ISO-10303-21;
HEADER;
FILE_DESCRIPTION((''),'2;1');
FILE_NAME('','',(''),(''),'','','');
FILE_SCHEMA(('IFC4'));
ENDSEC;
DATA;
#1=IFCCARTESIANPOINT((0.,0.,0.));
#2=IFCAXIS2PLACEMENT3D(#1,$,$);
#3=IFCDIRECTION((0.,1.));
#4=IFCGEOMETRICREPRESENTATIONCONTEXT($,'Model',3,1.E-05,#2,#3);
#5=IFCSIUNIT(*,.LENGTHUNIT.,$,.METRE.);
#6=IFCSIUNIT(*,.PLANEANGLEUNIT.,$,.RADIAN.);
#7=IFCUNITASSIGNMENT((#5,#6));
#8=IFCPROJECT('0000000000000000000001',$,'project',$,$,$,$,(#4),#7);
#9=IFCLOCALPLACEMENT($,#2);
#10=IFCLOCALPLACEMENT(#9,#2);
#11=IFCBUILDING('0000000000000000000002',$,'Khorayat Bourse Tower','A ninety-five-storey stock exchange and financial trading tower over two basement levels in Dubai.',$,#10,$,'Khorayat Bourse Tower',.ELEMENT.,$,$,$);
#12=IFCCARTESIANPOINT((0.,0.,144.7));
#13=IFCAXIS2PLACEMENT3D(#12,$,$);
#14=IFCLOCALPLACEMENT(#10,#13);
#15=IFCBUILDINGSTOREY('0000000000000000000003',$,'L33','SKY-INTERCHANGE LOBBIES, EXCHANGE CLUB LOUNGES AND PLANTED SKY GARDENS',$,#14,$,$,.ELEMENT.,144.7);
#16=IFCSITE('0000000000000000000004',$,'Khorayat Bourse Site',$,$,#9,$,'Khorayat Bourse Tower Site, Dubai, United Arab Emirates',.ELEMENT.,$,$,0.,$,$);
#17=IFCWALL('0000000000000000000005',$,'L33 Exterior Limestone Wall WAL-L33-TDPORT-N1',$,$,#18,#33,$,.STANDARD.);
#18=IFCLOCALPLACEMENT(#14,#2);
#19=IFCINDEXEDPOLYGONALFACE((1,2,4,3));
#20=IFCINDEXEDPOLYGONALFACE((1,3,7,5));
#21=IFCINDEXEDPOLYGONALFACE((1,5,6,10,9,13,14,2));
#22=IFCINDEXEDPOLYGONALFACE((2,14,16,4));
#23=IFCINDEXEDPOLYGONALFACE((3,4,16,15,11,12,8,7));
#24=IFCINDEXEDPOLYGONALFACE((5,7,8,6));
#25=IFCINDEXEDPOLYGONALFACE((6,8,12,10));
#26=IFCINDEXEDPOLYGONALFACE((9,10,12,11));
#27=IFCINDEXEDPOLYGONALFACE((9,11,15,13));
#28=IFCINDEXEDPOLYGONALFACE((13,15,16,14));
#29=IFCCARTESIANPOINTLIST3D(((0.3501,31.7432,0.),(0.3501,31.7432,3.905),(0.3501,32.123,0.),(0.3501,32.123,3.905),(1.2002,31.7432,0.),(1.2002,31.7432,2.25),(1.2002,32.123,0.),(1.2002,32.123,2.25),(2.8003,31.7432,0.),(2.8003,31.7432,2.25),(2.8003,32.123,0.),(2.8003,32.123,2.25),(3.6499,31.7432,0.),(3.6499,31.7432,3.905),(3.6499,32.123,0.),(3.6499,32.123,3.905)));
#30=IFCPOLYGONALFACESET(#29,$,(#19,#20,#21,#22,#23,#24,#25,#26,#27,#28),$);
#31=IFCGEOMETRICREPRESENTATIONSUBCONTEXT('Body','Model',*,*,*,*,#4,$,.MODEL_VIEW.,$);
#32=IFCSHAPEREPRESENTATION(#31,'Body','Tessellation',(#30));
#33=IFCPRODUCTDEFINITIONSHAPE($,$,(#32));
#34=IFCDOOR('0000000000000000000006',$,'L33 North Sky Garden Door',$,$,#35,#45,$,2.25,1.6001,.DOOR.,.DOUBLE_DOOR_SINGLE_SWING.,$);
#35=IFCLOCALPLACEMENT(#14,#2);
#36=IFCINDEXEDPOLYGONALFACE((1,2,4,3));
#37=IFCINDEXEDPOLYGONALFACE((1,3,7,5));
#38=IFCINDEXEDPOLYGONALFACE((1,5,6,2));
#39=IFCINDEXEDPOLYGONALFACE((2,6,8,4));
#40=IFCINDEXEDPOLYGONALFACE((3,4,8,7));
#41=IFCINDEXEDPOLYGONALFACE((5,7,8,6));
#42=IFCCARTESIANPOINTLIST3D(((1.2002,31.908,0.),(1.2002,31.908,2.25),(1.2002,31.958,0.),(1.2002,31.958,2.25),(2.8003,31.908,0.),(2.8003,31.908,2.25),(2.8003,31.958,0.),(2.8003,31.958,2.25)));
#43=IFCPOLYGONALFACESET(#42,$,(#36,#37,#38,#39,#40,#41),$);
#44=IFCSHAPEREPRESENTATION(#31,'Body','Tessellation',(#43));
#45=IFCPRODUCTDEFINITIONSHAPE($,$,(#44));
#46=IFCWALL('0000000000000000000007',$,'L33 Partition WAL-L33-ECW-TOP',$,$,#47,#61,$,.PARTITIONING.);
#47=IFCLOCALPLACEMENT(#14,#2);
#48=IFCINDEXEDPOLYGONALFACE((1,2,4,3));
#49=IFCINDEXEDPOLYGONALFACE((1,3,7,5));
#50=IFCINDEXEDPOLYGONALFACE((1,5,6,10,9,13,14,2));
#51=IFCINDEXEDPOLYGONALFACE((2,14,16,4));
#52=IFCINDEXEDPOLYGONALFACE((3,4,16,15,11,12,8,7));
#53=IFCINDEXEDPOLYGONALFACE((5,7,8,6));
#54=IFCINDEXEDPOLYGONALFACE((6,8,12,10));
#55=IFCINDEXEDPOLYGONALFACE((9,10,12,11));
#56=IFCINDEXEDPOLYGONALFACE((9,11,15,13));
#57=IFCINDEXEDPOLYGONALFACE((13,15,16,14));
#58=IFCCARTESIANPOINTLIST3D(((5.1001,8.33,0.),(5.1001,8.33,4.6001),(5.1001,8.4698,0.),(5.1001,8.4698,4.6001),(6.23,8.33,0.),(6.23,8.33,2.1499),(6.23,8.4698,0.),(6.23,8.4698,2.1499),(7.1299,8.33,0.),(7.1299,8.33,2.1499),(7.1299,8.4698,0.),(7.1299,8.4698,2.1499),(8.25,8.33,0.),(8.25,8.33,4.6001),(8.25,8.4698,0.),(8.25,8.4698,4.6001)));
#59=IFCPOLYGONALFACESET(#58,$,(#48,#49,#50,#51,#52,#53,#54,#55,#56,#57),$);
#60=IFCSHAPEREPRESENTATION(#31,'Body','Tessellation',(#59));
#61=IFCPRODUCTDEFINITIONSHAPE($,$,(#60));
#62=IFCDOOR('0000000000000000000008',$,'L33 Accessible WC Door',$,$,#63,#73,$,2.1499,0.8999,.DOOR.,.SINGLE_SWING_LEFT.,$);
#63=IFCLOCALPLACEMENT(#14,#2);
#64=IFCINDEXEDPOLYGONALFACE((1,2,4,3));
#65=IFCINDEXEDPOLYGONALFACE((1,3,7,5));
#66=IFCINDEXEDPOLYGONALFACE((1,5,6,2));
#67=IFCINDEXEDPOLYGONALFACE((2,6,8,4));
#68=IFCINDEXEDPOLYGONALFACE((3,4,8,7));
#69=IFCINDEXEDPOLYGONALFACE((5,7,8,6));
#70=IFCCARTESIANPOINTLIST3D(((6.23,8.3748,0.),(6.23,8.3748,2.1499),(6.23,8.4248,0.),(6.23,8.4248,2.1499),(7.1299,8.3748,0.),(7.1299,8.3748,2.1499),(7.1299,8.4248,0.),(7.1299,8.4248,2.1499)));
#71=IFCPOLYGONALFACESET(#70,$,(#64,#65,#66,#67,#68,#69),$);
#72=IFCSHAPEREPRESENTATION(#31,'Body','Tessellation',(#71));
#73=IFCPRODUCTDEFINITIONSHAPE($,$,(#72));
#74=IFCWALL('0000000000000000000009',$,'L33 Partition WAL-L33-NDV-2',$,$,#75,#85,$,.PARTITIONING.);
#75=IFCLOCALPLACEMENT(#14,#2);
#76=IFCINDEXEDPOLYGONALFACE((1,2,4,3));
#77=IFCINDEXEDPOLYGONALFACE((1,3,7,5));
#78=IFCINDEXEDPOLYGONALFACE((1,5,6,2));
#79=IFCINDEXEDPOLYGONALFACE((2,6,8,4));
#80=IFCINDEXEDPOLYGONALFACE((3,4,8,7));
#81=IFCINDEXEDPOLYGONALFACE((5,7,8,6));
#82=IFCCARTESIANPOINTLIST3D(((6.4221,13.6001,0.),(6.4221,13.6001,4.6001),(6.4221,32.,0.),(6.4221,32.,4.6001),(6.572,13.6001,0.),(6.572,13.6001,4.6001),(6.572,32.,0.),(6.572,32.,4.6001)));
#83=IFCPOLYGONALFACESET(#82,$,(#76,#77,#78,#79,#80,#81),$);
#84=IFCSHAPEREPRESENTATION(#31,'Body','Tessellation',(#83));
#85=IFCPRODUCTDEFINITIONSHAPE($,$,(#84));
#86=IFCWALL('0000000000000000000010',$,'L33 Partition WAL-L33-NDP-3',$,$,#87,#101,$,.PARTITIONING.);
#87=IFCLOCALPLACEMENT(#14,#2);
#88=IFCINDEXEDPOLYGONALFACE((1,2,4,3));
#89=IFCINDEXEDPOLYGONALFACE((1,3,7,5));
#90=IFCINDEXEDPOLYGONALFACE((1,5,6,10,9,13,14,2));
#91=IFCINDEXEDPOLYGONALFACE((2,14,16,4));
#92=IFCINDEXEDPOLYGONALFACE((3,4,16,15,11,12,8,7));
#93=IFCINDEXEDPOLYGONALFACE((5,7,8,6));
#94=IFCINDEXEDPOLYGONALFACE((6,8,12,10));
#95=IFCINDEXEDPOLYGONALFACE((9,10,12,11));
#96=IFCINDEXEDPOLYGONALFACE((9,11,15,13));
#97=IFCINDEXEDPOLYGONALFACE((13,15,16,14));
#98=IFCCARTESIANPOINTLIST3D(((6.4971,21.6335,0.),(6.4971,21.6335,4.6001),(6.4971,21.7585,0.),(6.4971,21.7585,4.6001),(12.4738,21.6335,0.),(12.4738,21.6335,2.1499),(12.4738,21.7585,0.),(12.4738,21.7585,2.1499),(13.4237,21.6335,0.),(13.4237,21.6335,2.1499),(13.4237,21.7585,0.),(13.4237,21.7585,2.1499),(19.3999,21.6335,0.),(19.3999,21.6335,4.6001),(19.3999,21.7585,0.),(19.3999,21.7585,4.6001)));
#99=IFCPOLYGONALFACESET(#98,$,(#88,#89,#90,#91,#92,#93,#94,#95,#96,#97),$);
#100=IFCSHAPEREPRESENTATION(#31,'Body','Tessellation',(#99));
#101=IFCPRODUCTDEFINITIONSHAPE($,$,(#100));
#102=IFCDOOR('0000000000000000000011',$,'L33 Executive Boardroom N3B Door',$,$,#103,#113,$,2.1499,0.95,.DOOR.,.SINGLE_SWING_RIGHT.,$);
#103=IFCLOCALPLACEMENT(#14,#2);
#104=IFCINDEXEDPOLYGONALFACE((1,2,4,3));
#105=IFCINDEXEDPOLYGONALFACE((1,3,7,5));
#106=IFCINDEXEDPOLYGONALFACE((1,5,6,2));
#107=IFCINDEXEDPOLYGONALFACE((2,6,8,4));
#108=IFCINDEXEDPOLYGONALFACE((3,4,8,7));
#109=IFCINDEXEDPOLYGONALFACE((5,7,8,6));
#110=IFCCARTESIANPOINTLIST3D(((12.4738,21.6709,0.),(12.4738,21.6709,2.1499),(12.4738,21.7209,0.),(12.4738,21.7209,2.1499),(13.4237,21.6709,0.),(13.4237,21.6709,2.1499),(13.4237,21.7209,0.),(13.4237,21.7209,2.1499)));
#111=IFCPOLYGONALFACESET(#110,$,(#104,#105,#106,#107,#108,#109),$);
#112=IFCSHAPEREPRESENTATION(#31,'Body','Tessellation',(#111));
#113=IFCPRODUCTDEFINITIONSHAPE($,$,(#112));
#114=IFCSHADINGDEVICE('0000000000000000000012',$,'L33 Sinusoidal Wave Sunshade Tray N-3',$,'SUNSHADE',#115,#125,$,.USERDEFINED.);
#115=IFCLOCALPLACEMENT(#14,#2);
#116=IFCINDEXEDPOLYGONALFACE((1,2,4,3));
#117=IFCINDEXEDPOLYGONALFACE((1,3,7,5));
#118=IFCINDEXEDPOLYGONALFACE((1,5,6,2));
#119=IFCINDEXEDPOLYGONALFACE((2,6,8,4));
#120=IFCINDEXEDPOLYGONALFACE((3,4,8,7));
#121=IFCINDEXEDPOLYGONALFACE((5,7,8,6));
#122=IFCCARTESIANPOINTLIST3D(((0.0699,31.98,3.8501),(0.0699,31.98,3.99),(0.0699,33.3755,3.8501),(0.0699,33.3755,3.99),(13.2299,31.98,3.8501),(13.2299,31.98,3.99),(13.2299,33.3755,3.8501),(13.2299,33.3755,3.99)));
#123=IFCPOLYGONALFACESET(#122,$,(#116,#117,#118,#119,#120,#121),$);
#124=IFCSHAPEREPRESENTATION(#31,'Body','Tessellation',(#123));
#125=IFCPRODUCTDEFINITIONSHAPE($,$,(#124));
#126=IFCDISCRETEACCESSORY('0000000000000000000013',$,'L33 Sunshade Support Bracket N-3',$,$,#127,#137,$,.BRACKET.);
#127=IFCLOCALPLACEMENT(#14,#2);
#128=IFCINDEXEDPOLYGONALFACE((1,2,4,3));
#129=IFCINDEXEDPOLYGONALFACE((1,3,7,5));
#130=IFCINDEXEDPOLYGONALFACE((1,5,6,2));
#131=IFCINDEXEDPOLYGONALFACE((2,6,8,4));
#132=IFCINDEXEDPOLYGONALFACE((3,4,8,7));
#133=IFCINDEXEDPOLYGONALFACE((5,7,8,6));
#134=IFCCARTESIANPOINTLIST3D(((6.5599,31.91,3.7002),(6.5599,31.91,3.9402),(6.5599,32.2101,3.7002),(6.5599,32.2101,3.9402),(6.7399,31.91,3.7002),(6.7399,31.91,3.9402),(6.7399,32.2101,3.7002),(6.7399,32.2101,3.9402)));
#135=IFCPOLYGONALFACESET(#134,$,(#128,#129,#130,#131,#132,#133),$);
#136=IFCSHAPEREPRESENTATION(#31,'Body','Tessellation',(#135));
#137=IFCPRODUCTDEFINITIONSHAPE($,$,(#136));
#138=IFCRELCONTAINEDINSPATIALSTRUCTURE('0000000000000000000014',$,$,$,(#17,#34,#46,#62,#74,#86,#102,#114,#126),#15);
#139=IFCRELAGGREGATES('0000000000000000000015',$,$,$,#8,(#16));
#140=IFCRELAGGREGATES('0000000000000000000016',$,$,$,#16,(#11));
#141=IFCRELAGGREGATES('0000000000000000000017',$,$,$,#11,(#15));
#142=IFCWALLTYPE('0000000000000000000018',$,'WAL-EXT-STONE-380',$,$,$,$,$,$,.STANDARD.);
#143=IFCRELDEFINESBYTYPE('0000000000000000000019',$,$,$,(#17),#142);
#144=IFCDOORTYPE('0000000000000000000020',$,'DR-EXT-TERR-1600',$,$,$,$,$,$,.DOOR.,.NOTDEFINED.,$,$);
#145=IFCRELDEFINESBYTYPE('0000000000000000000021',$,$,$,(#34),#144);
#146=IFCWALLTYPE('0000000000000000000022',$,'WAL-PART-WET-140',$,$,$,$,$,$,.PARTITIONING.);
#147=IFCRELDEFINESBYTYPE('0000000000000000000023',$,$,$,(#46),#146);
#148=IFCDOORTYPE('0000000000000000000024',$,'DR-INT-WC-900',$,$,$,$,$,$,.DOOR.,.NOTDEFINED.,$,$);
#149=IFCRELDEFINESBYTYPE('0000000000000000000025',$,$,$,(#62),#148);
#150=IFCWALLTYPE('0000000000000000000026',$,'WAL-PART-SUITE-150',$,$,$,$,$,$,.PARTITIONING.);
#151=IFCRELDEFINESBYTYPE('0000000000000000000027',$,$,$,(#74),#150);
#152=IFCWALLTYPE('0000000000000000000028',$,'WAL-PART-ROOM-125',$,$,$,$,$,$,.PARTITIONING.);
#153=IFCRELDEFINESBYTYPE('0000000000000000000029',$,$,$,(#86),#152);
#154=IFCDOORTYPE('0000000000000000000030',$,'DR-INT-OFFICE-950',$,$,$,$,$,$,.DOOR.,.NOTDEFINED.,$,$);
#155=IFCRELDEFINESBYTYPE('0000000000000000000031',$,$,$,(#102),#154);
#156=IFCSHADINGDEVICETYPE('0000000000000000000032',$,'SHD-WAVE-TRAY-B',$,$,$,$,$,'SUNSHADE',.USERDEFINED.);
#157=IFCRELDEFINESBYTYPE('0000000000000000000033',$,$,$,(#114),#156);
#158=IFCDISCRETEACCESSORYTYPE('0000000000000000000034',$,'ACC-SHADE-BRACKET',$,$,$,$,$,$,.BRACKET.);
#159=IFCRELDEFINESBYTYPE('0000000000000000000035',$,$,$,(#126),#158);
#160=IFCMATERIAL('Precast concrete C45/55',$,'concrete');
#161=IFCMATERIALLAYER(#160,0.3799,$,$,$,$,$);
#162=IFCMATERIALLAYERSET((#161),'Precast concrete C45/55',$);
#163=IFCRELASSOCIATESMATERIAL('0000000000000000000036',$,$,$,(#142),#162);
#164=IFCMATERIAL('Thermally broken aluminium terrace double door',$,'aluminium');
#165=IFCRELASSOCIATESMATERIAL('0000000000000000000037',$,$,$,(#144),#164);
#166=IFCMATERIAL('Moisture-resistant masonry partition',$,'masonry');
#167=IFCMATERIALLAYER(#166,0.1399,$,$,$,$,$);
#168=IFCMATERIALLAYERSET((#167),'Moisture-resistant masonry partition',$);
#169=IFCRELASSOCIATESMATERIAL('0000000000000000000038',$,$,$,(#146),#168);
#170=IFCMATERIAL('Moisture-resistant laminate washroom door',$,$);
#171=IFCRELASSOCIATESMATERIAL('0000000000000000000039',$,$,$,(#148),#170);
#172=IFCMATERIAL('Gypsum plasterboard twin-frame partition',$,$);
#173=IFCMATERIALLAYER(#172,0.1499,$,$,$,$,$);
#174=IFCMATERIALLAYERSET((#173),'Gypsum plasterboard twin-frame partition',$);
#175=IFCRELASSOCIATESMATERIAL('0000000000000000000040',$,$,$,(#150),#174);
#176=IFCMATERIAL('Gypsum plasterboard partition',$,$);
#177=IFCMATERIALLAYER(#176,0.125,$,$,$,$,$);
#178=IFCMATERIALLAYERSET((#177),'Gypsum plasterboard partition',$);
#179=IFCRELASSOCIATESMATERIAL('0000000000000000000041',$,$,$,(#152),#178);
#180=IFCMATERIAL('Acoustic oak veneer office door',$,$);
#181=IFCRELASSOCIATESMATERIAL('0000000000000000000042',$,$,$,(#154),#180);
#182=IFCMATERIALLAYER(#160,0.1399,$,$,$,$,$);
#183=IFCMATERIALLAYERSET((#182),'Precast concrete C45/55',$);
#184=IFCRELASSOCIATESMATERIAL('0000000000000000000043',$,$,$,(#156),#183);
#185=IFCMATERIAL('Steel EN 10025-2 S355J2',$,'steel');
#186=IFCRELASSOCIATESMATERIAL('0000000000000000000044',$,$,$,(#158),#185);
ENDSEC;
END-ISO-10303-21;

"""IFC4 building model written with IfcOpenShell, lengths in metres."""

from ifc_helpers import new_model, si_unit, direction, frame, frame_2d, origin, origin_2d, place, context, subcontext, project, spatial, rectangle, extrude, source, transform, mapped, material, layer, layer_set, type_object, element, fill, save


model = new_model("IFC4")

# Units and contexts
model_context = context("Model", 3, precision=1e-05, world=origin(), true_north=direction((0.0, 1.0)))
body_context = subcontext(model_context, "Body", "Model", "MODEL_VIEW")
ifc_project = project(units=[si_unit("LENGTHUNIT", "METRE"), si_unit("PLANEANGLEUNIT", "RADIAN")], contexts=[model_context])

# Site, building, storey
site_placement = place(None, origin())
site = spatial("IfcSite", under=ifc_project, at=site_placement, Name="Khorayat Bourse Site", LongName="Khorayat Bourse Tower Site, Dubai, United Arab Emirates", CompositionType="ELEMENT", RefElevation=0.0)
building_placement = place(site_placement, origin())
building = spatial("IfcBuilding", under=site, at=building_placement, Name="Khorayat Bourse Tower", Description="A ninety-five-storey stock exchange and financial trading tower over two basement levels in Dubai.", LongName="Khorayat Bourse Tower", CompositionType="ELEMENT")
storey_placement = place(building_placement, frame((0.0, 0.0, 144.7)))
storey = spatial("IfcBuildingStorey", under=building, at=storey_placement, Name="L33", Description="SKY-INTERCHANGE LOBBIES, EXCHANGE CLUB LOUNGES AND PLANTED SKY GARDENS", CompositionType="ELEMENT", Elevation=144.7)

# Shared definitions
ifc_material_1 = material(Name="Steel EN 10025-2 S355J2", Category="steel")

# Walls, openings, doors
ifc_material_2 = material(Name="Precast concrete C45/55", Category="concrete")
ifc_layer_1 = layer(ifc_material_2, 0.3799)
ifc_layer_set_1 = layer_set([ifc_layer_1], Name="Precast concrete C45/55")
wall_type_1 = type_object("IfcWallType", Name="WAL-EXT-STONE-380", PredefinedType="STANDARD", material=ifc_layer_set_1)
shared_shape_1 = source(origin(), body_context, "Body", "SweptSolid", [
    extrude(rectangle(XDim=3.2998, YDim=0.3799, at=frame_2d((1.6499, 0.0))), origin(), (0.0, 0.0, 1.0), 3.905),
])
wall_1_placement = place(storey_placement, frame((0.3501, 31.9331, 0.0), z_axis=(0.0, 0.0, 1.0), x_axis=(1.0, 0.0, 0.0)))
wall_1 = element("IfcWall", 1, at=wall_1_placement, inside=storey, type_object=wall_type_1, Name="L33 Exterior Limestone Wall WAL-L33-TDPORT-N1", PredefinedType="STANDARD", context=body_context, shape_type="MappedRepresentation", body=[
    mapped(shared_shape_1, transform((0.0, 0.0, 0.0), scale=1.0)),
])
shared_shape_2 = source(origin(), body_context, "Body", "SweptSolid", [
    extrude(rectangle(XDim=1.6001, YDim=2.25, at=frame_2d((0.8, 1.125))), frame((0.0, 0.2, 0.0), z_axis=(0.0, -1.0, 0.0), x_axis=(1.0, 0.0, 0.0)), (0.0, 0.0, 1.0), 0.3999),
])
opening_1_placement = place(wall_1_placement, frame((0.8501, 0.0, 0.0)))
opening_1 = element("IfcOpeningElement", 2, at=opening_1_placement, cuts=wall_1, PredefinedType="OPENING", context=body_context, shape_type="MappedRepresentation", body=[
    mapped(shared_shape_2, transform((0.0, 0.0, 0.0), scale=1.0)),
])
ifc_material_3 = material(Name="Thermally broken aluminium terrace double door", Category="aluminium")
door_type_1 = type_object("IfcDoorType", Name="DR-EXT-TERR-1600", OperationType="NOTDEFINED", PredefinedType="DOOR", material=ifc_material_3)
shared_shape_3 = source(origin(), body_context, "Body", "SweptSolid", [
    extrude(rectangle(XDim=1.6001, YDim=2.25, at=frame_2d((0.8, 1.125))), frame((0.0, 0.0249, 0.0), z_axis=(0.0, -1.0, 0.0), x_axis=(1.0, 0.0, 0.0)), (0.0, 0.0, 1.0), 0.05),
])
door_1_placement = place(opening_1_placement, origin())
door_1 = element("IfcDoor", 3, at=door_1_placement, inside=storey, type_object=door_type_1, Name="L33 North Sky Garden Door", OperationType="DOUBLE_DOOR_SINGLE_SWING", OverallHeight=2.25, OverallWidth=1.6001, PredefinedType="DOOR", context=body_context, shape_type="MappedRepresentation", body=[
    mapped(shared_shape_3, transform((0.0, 0.0, 0.0), scale=1.0)),
])
fill(opening_1, door_1)
ifc_material_4 = material(Name="Moisture-resistant masonry partition", Category="masonry")
ifc_layer_2 = layer(ifc_material_4, 0.1399)
ifc_layer_set_2 = layer_set([ifc_layer_2], Name="Moisture-resistant masonry partition")
wall_type_2 = type_object("IfcWallType", Name="WAL-PART-WET-140", PredefinedType="PARTITIONING", material=ifc_layer_set_2)
shared_shape_4 = source(origin(), body_context, "Body", "SweptSolid", [
    extrude(rectangle(XDim=3.1499, YDim=0.1399, at=frame_2d((1.575, 0.0))), origin(), (0.0, 0.0, 1.0), 4.6001),
])
wall_2_placement = place(storey_placement, frame((5.1001, 8.3999, 0.0), z_axis=(0.0, 0.0, 1.0), x_axis=(1.0, 0.0, 0.0)))
wall_2 = element("IfcWall", 4, at=wall_2_placement, inside=storey, type_object=wall_type_2, Name="L33 Partition WAL-L33-ECW-TOP", PredefinedType="PARTITIONING", context=body_context, shape_type="MappedRepresentation", body=[
    mapped(shared_shape_4, transform((0.0, 0.0, 0.0), scale=1.0)),
])
shared_shape_5 = source(origin(), body_context, "Body", "SweptSolid", [
    extrude(rectangle(XDim=0.8999, YDim=2.1499, at=frame_2d((0.45, 1.075))), frame((0.0, 0.0798, 0.0), z_axis=(0.0, -1.0, 0.0), x_axis=(1.0, 0.0, 0.0)), (0.0, 0.0, 1.0), 0.1599),
])
opening_2_placement = place(wall_2_placement, frame((1.1299, 0.0, 0.0)))
opening_2 = element("IfcOpeningElement", 5, at=opening_2_placement, cuts=wall_2, PredefinedType="OPENING", context=body_context, shape_type="MappedRepresentation", body=[
    mapped(shared_shape_5, transform((0.0, 0.0, 0.0), scale=1.0)),
])
ifc_material_5 = material(Name="Moisture-resistant laminate washroom door")
door_type_2 = type_object("IfcDoorType", Name="DR-INT-WC-900", OperationType="NOTDEFINED", PredefinedType="DOOR", material=ifc_material_5)
shared_shape_6 = source(origin(), body_context, "Body", "SweptSolid", [
    extrude(rectangle(XDim=0.8999, YDim=2.1499, at=frame_2d((0.45, 1.075))), frame((0.0, 0.0249, 0.0), z_axis=(0.0, -1.0, 0.0), x_axis=(1.0, 0.0, 0.0)), (0.0, 0.0, 1.0), 0.05),
])
door_2_placement = place(opening_2_placement, origin())
door_2 = element("IfcDoor", 6, at=door_2_placement, inside=storey, type_object=door_type_2, Name="L33 Accessible WC Door", OperationType="SINGLE_SWING_LEFT", OverallHeight=2.1499, OverallWidth=0.8999, PredefinedType="DOOR", context=body_context, shape_type="MappedRepresentation", body=[
    mapped(shared_shape_6, transform((0.0, 0.0, 0.0), scale=1.0)),
])
fill(opening_2, door_2)

# Wall
ifc_material_6 = material(Name="Gypsum plasterboard twin-frame partition")
ifc_layer_3 = layer(ifc_material_6, 0.1499)
ifc_layer_set_3 = layer_set([ifc_layer_3], Name="Gypsum plasterboard twin-frame partition")
wall_type_3 = type_object("IfcWallType", Name="WAL-PART-SUITE-150", PredefinedType="PARTITIONING", material=ifc_layer_set_3)
shared_shape_7 = source(origin(), body_context, "Body", "SweptSolid", [
    extrude(rectangle(XDim=18.3999, YDim=0.1499, at=frame_2d((9.2, 0.0))), origin(), (0.0, 0.0, 1.0), 4.6001),
])
wall_3_placement = place(storey_placement, frame((6.4971, 13.6001, 0.0), z_axis=(0.0, 0.0, 1.0), x_axis=(0.0, 1.0, 0.0)))
element("IfcWall", 7, at=wall_3_placement, inside=storey, type_object=wall_type_3, Name="L33 Partition WAL-L33-NDV-2", PredefinedType="PARTITIONING", context=body_context, shape_type="MappedRepresentation", body=[
    mapped(shared_shape_7, transform((0.0, 0.0, 0.0), scale=1.0)),
])

# Wall, opening, door
ifc_material_7 = material(Name="Gypsum plasterboard partition")
ifc_layer_4 = layer(ifc_material_7, 0.125)
ifc_layer_set_4 = layer_set([ifc_layer_4], Name="Gypsum plasterboard partition")
wall_type_4 = type_object("IfcWallType", Name="WAL-PART-ROOM-125", PredefinedType="PARTITIONING", material=ifc_layer_set_4)
shared_shape_8 = source(origin(), body_context, "Body", "SweptSolid", [
    extrude(rectangle(XDim=12.9028, YDim=0.125, at=frame_2d((6.4514, 0.0))), origin(), (0.0, 0.0, 1.0), 4.6001),
])
wall_4_placement = place(storey_placement, frame((6.4971, 21.696, 0.0), z_axis=(0.0, 0.0, 1.0), x_axis=(1.0, 0.0, 0.0)))
wall_4 = element("IfcWall", 8, at=wall_4_placement, inside=storey, type_object=wall_type_4, Name="L33 Partition WAL-L33-NDP-3", PredefinedType="PARTITIONING", context=body_context, shape_type="MappedRepresentation", body=[
    mapped(shared_shape_8, transform((0.0, 0.0, 0.0), scale=1.0)),
])
shared_shape_9 = source(origin(), body_context, "Body", "SweptSolid", [
    extrude(rectangle(XDim=0.95, YDim=2.1499, at=frame_2d((0.4751, 1.075))), frame((0.0, 0.0725, 0.0), z_axis=(0.0, -1.0, 0.0), x_axis=(1.0, 0.0, 0.0)), (0.0, 0.0, 1.0), 0.145),
])
opening_3_placement = place(wall_4_placement, frame((5.9766, 0.0, 0.0)))
opening_3 = element("IfcOpeningElement", 9, at=opening_3_placement, cuts=wall_4, PredefinedType="OPENING", context=body_context, shape_type="MappedRepresentation", body=[
    mapped(shared_shape_9, transform((0.0, 0.0, 0.0), scale=1.0)),
])
ifc_material_8 = material(Name="Acoustic oak veneer office door")
door_type_3 = type_object("IfcDoorType", Name="DR-INT-OFFICE-950", OperationType="NOTDEFINED", PredefinedType="DOOR", material=ifc_material_8)
shared_shape_10 = source(origin(), body_context, "Body", "SweptSolid", [
    extrude(rectangle(XDim=0.95, YDim=2.1499, at=frame_2d((0.4751, 1.075))), frame((0.0, 0.0249, 0.0), z_axis=(0.0, -1.0, 0.0), x_axis=(1.0, 0.0, 0.0)), (0.0, 0.0, 1.0), 0.05),
])
door_3_placement = place(opening_3_placement, origin())
door_3 = element("IfcDoor", 10, at=door_3_placement, inside=storey, type_object=door_type_3, Name="L33 Executive Boardroom N3B Door", OperationType="SINGLE_SWING_RIGHT", OverallHeight=2.1499, OverallWidth=0.95, PredefinedType="DOOR", context=body_context, shape_type="MappedRepresentation", body=[
    mapped(shared_shape_10, transform((0.0, 0.0, 0.0), scale=1.0)),
])
fill(opening_3, door_3)

# Shading device
ifc_layer_5 = layer(ifc_material_2, 0.1399)
ifc_layer_set_5 = layer_set([ifc_layer_5], Name="Precast concrete C45/55")
shading_device_type = type_object("IfcShadingDeviceType", Name="SHD-WAVE-TRAY-B", ElementType="SUNSHADE", PredefinedType="USERDEFINED", material=ifc_layer_set_5)
shared_shape_11 = source(origin(), body_context, "Body", "SweptSolid", [
    extrude(rectangle(XDim=13.1599, YDim=1.3955, at=origin_2d()), origin(), (0.0, 0.0, 1.0), 0.1399),
])
shading_device_placement = place(storey_placement, frame((6.6499, 32.6777, 3.8501), z_axis=(0.0, 0.0, 1.0), x_axis=(1.0, 0.0, 0.0)))
element("IfcShadingDevice", 11, at=shading_device_placement, inside=storey, type_object=shading_device_type, Name="L33 Sinusoidal Wave Sunshade Tray N-3", ObjectType="SUNSHADE", PredefinedType="USERDEFINED", context=body_context, shape_type="MappedRepresentation", body=[
    mapped(shared_shape_11, transform((0.0, 0.0, 0.0), scale=1.0)),
])

# Discrete accessory
discrete_accessory_type = type_object("IfcDiscreteAccessoryType", Name="ACC-SHADE-BRACKET", PredefinedType="BRACKET", material=ifc_material_1)
shared_shape_12 = source(origin(), body_context, "Body", "SweptSolid", [
    extrude(rectangle(XDim=0.1799, YDim=0.3, at=origin_2d()), origin(), (0.0, 0.0, 1.0), 0.24),
])
discrete_accessory_placement = place(storey_placement, frame((6.6499, 32.0601, 3.7002), z_axis=(0.0, 0.0, 1.0), x_axis=(1.0, 0.0, 0.0)))
element("IfcDiscreteAccessory", 12, at=discrete_accessory_placement, inside=storey, type_object=discrete_accessory_type, Name="L33 Sunshade Support Bracket N-3", PredefinedType="BRACKET", context=body_context, shape_type="MappedRepresentation", body=[
    mapped(shared_shape_12, transform((0.0, 0.0, 0.0), scale=1.0)),
])

save(model, "model.ifc")
